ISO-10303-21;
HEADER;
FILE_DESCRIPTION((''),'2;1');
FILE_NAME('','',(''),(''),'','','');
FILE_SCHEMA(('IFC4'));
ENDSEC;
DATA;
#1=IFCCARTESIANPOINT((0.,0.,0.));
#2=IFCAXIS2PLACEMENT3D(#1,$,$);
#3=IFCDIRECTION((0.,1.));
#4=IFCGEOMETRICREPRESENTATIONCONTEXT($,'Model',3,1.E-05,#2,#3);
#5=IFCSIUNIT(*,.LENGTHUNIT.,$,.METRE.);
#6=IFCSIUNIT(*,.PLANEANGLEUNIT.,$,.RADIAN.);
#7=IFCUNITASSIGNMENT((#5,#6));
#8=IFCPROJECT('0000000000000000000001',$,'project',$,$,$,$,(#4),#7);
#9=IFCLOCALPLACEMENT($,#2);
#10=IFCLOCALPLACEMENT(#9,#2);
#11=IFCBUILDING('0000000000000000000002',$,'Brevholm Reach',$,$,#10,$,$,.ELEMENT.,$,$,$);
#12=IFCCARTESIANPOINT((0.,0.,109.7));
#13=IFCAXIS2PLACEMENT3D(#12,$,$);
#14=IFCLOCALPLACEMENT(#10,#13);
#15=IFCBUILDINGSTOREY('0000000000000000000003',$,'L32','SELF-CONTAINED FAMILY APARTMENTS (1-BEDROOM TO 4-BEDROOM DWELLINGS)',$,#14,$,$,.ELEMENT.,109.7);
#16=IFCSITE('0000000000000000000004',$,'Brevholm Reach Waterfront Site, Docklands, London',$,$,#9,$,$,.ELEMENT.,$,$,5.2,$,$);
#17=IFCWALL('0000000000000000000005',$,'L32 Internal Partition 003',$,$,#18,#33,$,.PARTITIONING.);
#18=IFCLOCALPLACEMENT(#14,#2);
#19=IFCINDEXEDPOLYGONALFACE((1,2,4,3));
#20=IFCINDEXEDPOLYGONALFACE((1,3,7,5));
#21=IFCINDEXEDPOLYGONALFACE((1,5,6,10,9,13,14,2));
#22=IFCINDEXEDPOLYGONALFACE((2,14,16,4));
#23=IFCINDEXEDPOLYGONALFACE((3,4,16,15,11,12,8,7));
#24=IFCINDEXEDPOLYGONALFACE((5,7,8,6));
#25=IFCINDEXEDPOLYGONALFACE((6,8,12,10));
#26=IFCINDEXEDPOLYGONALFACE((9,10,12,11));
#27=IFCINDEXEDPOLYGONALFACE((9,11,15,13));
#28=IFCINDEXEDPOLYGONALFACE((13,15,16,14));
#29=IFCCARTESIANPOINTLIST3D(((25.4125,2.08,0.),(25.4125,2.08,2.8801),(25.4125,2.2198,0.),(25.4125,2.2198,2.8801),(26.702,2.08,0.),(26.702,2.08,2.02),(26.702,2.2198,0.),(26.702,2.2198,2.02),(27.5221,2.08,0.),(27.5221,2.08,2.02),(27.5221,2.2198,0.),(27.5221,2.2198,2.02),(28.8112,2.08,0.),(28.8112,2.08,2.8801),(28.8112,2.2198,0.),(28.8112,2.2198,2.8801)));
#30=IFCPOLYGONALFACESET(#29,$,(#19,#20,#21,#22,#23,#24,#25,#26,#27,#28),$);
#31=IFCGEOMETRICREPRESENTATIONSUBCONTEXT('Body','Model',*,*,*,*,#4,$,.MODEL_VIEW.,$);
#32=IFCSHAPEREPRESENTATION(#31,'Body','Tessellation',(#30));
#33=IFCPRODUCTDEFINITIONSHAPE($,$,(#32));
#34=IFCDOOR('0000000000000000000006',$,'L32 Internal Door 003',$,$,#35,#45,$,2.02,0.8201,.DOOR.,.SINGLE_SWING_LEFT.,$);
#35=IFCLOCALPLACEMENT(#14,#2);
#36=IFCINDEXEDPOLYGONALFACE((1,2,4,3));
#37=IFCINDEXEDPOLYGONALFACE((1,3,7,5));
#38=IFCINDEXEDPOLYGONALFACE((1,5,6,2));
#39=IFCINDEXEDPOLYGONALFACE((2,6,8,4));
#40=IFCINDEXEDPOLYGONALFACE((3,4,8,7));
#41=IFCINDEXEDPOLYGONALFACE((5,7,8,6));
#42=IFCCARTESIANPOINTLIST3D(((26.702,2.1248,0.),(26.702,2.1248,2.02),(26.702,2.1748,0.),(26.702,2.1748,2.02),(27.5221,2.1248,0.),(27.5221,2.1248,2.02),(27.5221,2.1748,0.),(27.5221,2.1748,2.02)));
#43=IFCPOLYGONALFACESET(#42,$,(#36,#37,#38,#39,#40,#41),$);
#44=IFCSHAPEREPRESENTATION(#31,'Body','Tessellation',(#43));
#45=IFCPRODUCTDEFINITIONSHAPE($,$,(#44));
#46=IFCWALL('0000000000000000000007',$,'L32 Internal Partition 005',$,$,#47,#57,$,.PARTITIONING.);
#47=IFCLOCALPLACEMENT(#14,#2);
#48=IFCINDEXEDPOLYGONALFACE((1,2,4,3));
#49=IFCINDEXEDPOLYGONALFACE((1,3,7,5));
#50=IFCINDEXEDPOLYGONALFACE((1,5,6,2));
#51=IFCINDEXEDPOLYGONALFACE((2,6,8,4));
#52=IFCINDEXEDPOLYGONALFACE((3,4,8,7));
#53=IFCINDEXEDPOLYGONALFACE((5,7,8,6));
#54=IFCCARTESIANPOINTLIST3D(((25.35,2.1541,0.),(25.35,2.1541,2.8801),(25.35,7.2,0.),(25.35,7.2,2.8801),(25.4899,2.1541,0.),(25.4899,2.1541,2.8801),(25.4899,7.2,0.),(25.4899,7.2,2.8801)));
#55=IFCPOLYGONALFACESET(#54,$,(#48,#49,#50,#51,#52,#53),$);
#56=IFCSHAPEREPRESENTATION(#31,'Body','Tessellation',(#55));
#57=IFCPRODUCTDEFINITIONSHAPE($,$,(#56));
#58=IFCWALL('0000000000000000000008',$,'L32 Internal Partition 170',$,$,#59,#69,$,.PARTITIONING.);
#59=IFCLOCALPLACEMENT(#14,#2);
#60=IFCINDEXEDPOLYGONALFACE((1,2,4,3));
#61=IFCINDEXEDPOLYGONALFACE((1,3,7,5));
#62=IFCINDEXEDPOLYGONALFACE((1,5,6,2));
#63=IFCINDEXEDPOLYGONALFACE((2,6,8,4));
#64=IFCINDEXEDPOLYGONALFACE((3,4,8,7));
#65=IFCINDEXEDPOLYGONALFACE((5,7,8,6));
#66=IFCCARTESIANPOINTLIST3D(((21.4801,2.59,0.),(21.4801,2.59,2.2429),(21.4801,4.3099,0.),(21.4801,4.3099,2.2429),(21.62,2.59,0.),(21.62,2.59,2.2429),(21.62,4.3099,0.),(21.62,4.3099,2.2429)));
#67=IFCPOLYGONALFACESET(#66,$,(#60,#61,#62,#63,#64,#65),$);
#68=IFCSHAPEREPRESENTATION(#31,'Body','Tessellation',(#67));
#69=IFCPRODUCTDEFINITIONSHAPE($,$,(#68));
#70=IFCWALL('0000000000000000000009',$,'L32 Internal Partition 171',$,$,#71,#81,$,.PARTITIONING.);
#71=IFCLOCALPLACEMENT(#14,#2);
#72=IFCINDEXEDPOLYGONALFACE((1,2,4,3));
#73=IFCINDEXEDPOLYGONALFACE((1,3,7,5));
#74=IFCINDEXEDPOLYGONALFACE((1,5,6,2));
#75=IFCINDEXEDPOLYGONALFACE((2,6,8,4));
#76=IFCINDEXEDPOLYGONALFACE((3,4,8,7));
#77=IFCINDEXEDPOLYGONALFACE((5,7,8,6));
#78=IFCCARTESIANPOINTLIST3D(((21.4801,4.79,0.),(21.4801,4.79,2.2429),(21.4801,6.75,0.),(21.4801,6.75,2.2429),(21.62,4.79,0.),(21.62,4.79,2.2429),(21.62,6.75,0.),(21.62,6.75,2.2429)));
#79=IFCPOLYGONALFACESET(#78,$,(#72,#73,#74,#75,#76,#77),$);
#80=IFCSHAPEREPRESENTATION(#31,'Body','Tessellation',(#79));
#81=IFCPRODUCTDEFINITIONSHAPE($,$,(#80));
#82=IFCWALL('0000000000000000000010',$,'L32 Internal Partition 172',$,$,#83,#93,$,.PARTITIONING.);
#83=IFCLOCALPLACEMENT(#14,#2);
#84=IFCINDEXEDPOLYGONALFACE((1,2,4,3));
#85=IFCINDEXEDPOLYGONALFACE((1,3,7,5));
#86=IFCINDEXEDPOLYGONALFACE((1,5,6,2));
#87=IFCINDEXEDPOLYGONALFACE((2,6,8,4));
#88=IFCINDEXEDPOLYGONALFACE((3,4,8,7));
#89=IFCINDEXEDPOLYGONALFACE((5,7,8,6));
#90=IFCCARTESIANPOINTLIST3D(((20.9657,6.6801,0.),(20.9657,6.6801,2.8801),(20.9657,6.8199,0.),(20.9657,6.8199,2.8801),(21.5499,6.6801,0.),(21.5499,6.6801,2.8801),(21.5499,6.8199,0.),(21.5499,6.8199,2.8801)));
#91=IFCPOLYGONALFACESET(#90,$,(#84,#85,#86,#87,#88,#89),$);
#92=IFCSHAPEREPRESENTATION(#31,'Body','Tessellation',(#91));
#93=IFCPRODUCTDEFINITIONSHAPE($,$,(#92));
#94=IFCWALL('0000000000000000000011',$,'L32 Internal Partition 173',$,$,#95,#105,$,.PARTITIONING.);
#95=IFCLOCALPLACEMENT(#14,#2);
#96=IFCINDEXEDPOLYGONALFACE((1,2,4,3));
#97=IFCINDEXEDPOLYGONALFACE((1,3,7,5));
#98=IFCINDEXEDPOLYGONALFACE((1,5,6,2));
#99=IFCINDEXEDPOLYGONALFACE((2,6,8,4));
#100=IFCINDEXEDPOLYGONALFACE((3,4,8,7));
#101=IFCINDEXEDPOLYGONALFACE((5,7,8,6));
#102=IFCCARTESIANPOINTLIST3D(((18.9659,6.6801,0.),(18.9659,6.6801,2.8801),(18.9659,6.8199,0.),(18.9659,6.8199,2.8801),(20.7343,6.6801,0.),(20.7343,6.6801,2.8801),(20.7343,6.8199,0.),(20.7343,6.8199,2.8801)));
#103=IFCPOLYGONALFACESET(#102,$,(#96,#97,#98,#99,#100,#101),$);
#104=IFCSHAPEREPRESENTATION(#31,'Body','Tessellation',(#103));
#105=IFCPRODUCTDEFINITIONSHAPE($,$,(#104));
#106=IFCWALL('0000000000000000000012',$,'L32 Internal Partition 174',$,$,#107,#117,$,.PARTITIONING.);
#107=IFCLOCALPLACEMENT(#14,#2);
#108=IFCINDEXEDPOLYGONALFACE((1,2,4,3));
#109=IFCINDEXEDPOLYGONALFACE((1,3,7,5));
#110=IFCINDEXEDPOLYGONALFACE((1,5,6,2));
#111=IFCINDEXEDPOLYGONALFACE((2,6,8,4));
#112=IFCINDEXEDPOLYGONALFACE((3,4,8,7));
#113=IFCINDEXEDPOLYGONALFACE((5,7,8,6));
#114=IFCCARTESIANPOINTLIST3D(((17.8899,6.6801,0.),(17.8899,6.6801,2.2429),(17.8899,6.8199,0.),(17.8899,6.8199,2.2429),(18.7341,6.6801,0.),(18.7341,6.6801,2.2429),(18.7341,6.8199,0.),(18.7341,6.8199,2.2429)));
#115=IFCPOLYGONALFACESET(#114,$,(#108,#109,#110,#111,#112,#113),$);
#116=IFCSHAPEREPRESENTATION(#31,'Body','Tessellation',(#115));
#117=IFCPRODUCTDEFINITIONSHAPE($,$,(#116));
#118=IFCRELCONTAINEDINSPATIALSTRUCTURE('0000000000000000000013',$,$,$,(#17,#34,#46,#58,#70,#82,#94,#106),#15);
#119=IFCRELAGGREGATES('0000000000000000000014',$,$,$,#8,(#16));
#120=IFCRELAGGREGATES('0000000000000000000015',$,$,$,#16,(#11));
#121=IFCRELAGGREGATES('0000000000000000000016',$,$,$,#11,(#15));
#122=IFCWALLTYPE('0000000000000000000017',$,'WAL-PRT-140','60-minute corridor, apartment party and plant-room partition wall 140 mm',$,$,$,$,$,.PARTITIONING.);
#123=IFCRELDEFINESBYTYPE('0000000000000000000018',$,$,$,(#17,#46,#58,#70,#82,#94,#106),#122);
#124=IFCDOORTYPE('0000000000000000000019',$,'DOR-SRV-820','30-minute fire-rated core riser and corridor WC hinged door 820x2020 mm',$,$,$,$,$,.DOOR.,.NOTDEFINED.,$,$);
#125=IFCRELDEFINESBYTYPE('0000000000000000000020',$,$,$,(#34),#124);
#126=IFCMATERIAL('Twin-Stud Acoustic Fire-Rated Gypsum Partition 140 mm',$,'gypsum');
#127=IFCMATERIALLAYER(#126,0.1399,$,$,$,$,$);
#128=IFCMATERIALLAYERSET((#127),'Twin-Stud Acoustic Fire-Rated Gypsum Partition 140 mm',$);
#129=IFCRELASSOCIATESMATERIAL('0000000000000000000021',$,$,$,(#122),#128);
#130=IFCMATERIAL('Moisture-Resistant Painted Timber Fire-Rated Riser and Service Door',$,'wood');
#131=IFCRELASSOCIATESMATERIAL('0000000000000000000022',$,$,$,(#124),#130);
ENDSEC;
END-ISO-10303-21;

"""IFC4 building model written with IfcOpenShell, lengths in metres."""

from ifc_helpers import new_model, si_unit, direction, frame, frame_2d, origin, place, context, subcontext, project, spatial, rectangle, extrude, material, layer, layer_set, type_object, element, fill, save


model = new_model("IFC4")

# Units and contexts
model_context = context("Model", 3, precision=1e-05, world=origin(), true_north=direction((0.0, 1.0)))
body_context = subcontext(model_context, "Body", "Model", "MODEL_VIEW")
ifc_project = project(units=[si_unit("LENGTHUNIT", "METRE"), si_unit("PLANEANGLEUNIT", "RADIAN")], contexts=[model_context])

# Site, building, storey
site_placement = place(None, origin())
site = spatial("IfcSite", under=ifc_project, at=site_placement, Name="Brevholm Reach Waterfront Site, Docklands, London", CompositionType="ELEMENT", RefElevation=5.2)
building_placement = place(site_placement, origin())
building = spatial("IfcBuilding", under=site, at=building_placement, Name="Brevholm Reach", CompositionType="ELEMENT")
storey_placement = place(building_placement, frame((0.0, 0.0, 109.7)))
storey = spatial("IfcBuildingStorey", under=building, at=storey_placement, Name="L32", Description="SELF-CONTAINED FAMILY APARTMENTS (1-BEDROOM TO 4-BEDROOM DWELLINGS)", CompositionType="ELEMENT", Elevation=109.7)

# Wall, opening, door
ifc_material_1 = material(Name="Twin-Stud Acoustic Fire-Rated Gypsum Partition 140 mm", Category="gypsum")
ifc_layer_1 = layer(ifc_material_1, 0.1399)
ifc_layer_set_1 = layer_set([ifc_layer_1], Name="Twin-Stud Acoustic Fire-Rated Gypsum Partition 140 mm")
wall_type_1 = type_object("IfcWallType", Name="WAL-PRT-140", Description="60-minute corridor, apartment party and plant-room partition wall 140 mm", PredefinedType="PARTITIONING", material=ifc_layer_set_1)
wall_1_placement = place(storey_placement, frame((25.4126, 2.1499, 0.0), z_axis=(0.0, 0.0, 1.0), x_axis=(1.0, 0.0, 0.0)))
wall_1 = element("IfcWall", 1, at=wall_1_placement, inside=storey, type_object=wall_type_1, Name="L32 Internal Partition 003", PredefinedType="PARTITIONING", context=body_context, shape_type="SweptSolid", body=[
    extrude(rectangle(XDim=3.3987, YDim=0.1399, at=frame_2d((1.6992, 0.0))), origin(), (0.0, 0.0, 1.0), 2.8801),
])
opening_1_placement = place(wall_1_placement, frame((1.2893, 0.0, 0.0)))
opening_1 = element("IfcOpeningElement", 2, at=opening_1_placement, cuts=wall_1, PredefinedType="OPENING", context=body_context, shape_type="SweptSolid", body=[
    extrude(rectangle(XDim=0.8201, YDim=2.02, at=frame_2d((0.4102, 1.01))), frame((0.0, 0.0798, 0.0), z_axis=(0.0, -1.0, 0.0), x_axis=(1.0, 0.0, 0.0)), (0.0, 0.0, 1.0), 0.1599),
])
ifc_material_2 = material(Name="Moisture-Resistant Painted Timber Fire-Rated Riser and Service Door", Category="wood")
door_type_1 = type_object("IfcDoorType", Name="DOR-SRV-820", Description="30-minute fire-rated core riser and corridor WC hinged door 820x2020 mm", OperationType="NOTDEFINED", PredefinedType="DOOR", material=ifc_material_2)
door_1_placement = place(opening_1_placement, origin())
door_1 = element("IfcDoor", 3, at=door_1_placement, inside=storey, type_object=door_type_1, Name="L32 Internal Door 003", OperationType="SINGLE_SWING_LEFT", OverallHeight=2.02, OverallWidth=0.8201, PredefinedType="DOOR", context=body_context, shape_type="SweptSolid", body=[
    extrude(rectangle(XDim=0.8201, YDim=2.02, at=frame_2d((0.4102, 1.01))), frame((0.0, 0.0249, 0.0), z_axis=(0.0, -1.0, 0.0), x_axis=(1.0, 0.0, 0.0)), (0.0, 0.0, 1.0), 0.05),
])
fill(opening_1, door_1)

# Walls
wall_2_placement = place(storey_placement, frame((25.4199, 2.1541, 0.0), z_axis=(0.0, 0.0, 1.0), x_axis=(0.0, 1.0, 0.0)))
element("IfcWall", 4, at=wall_2_placement, inside=storey, type_object=wall_type_1, Name="L32 Internal Partition 005", PredefinedType="PARTITIONING", context=body_context, shape_type="SweptSolid", body=[
    extrude(rectangle(XDim=5.0459, YDim=0.1399, at=frame_2d((2.5229, 0.0))), origin(), (0.0, 0.0, 1.0), 2.8801),
])
wall_3_placement = place(storey_placement, frame((21.55, 2.5901, 0.0), z_axis=(0.0, 0.0, 1.0), x_axis=(0.0, 1.0, 0.0)))
element("IfcWall", 5, at=wall_3_placement, inside=storey, type_object=wall_type_1, Name="L32 Internal Partition 170", PredefinedType="PARTITIONING", context=body_context, shape_type="SweptSolid", body=[
    extrude(rectangle(XDim=1.72, YDim=0.1399, at=frame_2d((0.8599, 0.0))), origin(), (0.0, 0.0, 1.0), 2.2429),
])
wall_4_placement = place(storey_placement, frame((21.55, 4.79, 0.0), z_axis=(0.0, 0.0, 1.0), x_axis=(0.0, 1.0, 0.0)))
element("IfcWall", 6, at=wall_4_placement, inside=storey, type_object=wall_type_1, Name="L32 Internal Partition 171", PredefinedType="PARTITIONING", context=body_context, shape_type="SweptSolid", body=[
    extrude(rectangle(XDim=1.96, YDim=0.1399, at=frame_2d((0.98, 0.0))), origin(), (0.0, 0.0, 1.0), 2.2429),
])
wall_5_placement = place(storey_placement, frame((20.9658, 6.75, 0.0), z_axis=(0.0, 0.0, 1.0), x_axis=(1.0, 0.0, 0.0)))
element("IfcWall", 7, at=wall_5_placement, inside=storey, type_object=wall_type_1, Name="L32 Internal Partition 172", PredefinedType="PARTITIONING", context=body_context, shape_type="SweptSolid", body=[
    extrude(rectangle(XDim=0.5842, YDim=0.1399, at=frame_2d((0.292, 0.0))), origin(), (0.0, 0.0, 1.0), 2.8801),
])
wall_6_placement = place(storey_placement, frame((18.9658, 6.75, 0.0), z_axis=(0.0, 0.0, 1.0), x_axis=(1.0, 0.0, 0.0)))
element("IfcWall", 8, at=wall_6_placement, inside=storey, type_object=wall_type_1, Name="L32 Internal Partition 173", PredefinedType="PARTITIONING", context=body_context, shape_type="SweptSolid", body=[
    extrude(rectangle(XDim=1.7683, YDim=0.1399, at=frame_2d((0.8843, 0.0))), origin(), (0.0, 0.0, 1.0), 2.8801),
])
wall_7_placement = place(storey_placement, frame((17.8899, 6.75, 0.0), z_axis=(0.0, 0.0, 1.0), x_axis=(1.0, 0.0, 0.0)))
element("IfcWall", 9, at=wall_7_placement, inside=storey, type_object=wall_type_1, Name="L32 Internal Partition 174", PredefinedType="PARTITIONING", context=body_context, shape_type="SweptSolid", body=[
    extrude(rectangle(XDim=0.8442, YDim=0.1399, at=frame_2d((0.4221, 0.0))), origin(), (0.0, 0.0, 1.0), 2.2429),
])

save(model, "model.ifc")
